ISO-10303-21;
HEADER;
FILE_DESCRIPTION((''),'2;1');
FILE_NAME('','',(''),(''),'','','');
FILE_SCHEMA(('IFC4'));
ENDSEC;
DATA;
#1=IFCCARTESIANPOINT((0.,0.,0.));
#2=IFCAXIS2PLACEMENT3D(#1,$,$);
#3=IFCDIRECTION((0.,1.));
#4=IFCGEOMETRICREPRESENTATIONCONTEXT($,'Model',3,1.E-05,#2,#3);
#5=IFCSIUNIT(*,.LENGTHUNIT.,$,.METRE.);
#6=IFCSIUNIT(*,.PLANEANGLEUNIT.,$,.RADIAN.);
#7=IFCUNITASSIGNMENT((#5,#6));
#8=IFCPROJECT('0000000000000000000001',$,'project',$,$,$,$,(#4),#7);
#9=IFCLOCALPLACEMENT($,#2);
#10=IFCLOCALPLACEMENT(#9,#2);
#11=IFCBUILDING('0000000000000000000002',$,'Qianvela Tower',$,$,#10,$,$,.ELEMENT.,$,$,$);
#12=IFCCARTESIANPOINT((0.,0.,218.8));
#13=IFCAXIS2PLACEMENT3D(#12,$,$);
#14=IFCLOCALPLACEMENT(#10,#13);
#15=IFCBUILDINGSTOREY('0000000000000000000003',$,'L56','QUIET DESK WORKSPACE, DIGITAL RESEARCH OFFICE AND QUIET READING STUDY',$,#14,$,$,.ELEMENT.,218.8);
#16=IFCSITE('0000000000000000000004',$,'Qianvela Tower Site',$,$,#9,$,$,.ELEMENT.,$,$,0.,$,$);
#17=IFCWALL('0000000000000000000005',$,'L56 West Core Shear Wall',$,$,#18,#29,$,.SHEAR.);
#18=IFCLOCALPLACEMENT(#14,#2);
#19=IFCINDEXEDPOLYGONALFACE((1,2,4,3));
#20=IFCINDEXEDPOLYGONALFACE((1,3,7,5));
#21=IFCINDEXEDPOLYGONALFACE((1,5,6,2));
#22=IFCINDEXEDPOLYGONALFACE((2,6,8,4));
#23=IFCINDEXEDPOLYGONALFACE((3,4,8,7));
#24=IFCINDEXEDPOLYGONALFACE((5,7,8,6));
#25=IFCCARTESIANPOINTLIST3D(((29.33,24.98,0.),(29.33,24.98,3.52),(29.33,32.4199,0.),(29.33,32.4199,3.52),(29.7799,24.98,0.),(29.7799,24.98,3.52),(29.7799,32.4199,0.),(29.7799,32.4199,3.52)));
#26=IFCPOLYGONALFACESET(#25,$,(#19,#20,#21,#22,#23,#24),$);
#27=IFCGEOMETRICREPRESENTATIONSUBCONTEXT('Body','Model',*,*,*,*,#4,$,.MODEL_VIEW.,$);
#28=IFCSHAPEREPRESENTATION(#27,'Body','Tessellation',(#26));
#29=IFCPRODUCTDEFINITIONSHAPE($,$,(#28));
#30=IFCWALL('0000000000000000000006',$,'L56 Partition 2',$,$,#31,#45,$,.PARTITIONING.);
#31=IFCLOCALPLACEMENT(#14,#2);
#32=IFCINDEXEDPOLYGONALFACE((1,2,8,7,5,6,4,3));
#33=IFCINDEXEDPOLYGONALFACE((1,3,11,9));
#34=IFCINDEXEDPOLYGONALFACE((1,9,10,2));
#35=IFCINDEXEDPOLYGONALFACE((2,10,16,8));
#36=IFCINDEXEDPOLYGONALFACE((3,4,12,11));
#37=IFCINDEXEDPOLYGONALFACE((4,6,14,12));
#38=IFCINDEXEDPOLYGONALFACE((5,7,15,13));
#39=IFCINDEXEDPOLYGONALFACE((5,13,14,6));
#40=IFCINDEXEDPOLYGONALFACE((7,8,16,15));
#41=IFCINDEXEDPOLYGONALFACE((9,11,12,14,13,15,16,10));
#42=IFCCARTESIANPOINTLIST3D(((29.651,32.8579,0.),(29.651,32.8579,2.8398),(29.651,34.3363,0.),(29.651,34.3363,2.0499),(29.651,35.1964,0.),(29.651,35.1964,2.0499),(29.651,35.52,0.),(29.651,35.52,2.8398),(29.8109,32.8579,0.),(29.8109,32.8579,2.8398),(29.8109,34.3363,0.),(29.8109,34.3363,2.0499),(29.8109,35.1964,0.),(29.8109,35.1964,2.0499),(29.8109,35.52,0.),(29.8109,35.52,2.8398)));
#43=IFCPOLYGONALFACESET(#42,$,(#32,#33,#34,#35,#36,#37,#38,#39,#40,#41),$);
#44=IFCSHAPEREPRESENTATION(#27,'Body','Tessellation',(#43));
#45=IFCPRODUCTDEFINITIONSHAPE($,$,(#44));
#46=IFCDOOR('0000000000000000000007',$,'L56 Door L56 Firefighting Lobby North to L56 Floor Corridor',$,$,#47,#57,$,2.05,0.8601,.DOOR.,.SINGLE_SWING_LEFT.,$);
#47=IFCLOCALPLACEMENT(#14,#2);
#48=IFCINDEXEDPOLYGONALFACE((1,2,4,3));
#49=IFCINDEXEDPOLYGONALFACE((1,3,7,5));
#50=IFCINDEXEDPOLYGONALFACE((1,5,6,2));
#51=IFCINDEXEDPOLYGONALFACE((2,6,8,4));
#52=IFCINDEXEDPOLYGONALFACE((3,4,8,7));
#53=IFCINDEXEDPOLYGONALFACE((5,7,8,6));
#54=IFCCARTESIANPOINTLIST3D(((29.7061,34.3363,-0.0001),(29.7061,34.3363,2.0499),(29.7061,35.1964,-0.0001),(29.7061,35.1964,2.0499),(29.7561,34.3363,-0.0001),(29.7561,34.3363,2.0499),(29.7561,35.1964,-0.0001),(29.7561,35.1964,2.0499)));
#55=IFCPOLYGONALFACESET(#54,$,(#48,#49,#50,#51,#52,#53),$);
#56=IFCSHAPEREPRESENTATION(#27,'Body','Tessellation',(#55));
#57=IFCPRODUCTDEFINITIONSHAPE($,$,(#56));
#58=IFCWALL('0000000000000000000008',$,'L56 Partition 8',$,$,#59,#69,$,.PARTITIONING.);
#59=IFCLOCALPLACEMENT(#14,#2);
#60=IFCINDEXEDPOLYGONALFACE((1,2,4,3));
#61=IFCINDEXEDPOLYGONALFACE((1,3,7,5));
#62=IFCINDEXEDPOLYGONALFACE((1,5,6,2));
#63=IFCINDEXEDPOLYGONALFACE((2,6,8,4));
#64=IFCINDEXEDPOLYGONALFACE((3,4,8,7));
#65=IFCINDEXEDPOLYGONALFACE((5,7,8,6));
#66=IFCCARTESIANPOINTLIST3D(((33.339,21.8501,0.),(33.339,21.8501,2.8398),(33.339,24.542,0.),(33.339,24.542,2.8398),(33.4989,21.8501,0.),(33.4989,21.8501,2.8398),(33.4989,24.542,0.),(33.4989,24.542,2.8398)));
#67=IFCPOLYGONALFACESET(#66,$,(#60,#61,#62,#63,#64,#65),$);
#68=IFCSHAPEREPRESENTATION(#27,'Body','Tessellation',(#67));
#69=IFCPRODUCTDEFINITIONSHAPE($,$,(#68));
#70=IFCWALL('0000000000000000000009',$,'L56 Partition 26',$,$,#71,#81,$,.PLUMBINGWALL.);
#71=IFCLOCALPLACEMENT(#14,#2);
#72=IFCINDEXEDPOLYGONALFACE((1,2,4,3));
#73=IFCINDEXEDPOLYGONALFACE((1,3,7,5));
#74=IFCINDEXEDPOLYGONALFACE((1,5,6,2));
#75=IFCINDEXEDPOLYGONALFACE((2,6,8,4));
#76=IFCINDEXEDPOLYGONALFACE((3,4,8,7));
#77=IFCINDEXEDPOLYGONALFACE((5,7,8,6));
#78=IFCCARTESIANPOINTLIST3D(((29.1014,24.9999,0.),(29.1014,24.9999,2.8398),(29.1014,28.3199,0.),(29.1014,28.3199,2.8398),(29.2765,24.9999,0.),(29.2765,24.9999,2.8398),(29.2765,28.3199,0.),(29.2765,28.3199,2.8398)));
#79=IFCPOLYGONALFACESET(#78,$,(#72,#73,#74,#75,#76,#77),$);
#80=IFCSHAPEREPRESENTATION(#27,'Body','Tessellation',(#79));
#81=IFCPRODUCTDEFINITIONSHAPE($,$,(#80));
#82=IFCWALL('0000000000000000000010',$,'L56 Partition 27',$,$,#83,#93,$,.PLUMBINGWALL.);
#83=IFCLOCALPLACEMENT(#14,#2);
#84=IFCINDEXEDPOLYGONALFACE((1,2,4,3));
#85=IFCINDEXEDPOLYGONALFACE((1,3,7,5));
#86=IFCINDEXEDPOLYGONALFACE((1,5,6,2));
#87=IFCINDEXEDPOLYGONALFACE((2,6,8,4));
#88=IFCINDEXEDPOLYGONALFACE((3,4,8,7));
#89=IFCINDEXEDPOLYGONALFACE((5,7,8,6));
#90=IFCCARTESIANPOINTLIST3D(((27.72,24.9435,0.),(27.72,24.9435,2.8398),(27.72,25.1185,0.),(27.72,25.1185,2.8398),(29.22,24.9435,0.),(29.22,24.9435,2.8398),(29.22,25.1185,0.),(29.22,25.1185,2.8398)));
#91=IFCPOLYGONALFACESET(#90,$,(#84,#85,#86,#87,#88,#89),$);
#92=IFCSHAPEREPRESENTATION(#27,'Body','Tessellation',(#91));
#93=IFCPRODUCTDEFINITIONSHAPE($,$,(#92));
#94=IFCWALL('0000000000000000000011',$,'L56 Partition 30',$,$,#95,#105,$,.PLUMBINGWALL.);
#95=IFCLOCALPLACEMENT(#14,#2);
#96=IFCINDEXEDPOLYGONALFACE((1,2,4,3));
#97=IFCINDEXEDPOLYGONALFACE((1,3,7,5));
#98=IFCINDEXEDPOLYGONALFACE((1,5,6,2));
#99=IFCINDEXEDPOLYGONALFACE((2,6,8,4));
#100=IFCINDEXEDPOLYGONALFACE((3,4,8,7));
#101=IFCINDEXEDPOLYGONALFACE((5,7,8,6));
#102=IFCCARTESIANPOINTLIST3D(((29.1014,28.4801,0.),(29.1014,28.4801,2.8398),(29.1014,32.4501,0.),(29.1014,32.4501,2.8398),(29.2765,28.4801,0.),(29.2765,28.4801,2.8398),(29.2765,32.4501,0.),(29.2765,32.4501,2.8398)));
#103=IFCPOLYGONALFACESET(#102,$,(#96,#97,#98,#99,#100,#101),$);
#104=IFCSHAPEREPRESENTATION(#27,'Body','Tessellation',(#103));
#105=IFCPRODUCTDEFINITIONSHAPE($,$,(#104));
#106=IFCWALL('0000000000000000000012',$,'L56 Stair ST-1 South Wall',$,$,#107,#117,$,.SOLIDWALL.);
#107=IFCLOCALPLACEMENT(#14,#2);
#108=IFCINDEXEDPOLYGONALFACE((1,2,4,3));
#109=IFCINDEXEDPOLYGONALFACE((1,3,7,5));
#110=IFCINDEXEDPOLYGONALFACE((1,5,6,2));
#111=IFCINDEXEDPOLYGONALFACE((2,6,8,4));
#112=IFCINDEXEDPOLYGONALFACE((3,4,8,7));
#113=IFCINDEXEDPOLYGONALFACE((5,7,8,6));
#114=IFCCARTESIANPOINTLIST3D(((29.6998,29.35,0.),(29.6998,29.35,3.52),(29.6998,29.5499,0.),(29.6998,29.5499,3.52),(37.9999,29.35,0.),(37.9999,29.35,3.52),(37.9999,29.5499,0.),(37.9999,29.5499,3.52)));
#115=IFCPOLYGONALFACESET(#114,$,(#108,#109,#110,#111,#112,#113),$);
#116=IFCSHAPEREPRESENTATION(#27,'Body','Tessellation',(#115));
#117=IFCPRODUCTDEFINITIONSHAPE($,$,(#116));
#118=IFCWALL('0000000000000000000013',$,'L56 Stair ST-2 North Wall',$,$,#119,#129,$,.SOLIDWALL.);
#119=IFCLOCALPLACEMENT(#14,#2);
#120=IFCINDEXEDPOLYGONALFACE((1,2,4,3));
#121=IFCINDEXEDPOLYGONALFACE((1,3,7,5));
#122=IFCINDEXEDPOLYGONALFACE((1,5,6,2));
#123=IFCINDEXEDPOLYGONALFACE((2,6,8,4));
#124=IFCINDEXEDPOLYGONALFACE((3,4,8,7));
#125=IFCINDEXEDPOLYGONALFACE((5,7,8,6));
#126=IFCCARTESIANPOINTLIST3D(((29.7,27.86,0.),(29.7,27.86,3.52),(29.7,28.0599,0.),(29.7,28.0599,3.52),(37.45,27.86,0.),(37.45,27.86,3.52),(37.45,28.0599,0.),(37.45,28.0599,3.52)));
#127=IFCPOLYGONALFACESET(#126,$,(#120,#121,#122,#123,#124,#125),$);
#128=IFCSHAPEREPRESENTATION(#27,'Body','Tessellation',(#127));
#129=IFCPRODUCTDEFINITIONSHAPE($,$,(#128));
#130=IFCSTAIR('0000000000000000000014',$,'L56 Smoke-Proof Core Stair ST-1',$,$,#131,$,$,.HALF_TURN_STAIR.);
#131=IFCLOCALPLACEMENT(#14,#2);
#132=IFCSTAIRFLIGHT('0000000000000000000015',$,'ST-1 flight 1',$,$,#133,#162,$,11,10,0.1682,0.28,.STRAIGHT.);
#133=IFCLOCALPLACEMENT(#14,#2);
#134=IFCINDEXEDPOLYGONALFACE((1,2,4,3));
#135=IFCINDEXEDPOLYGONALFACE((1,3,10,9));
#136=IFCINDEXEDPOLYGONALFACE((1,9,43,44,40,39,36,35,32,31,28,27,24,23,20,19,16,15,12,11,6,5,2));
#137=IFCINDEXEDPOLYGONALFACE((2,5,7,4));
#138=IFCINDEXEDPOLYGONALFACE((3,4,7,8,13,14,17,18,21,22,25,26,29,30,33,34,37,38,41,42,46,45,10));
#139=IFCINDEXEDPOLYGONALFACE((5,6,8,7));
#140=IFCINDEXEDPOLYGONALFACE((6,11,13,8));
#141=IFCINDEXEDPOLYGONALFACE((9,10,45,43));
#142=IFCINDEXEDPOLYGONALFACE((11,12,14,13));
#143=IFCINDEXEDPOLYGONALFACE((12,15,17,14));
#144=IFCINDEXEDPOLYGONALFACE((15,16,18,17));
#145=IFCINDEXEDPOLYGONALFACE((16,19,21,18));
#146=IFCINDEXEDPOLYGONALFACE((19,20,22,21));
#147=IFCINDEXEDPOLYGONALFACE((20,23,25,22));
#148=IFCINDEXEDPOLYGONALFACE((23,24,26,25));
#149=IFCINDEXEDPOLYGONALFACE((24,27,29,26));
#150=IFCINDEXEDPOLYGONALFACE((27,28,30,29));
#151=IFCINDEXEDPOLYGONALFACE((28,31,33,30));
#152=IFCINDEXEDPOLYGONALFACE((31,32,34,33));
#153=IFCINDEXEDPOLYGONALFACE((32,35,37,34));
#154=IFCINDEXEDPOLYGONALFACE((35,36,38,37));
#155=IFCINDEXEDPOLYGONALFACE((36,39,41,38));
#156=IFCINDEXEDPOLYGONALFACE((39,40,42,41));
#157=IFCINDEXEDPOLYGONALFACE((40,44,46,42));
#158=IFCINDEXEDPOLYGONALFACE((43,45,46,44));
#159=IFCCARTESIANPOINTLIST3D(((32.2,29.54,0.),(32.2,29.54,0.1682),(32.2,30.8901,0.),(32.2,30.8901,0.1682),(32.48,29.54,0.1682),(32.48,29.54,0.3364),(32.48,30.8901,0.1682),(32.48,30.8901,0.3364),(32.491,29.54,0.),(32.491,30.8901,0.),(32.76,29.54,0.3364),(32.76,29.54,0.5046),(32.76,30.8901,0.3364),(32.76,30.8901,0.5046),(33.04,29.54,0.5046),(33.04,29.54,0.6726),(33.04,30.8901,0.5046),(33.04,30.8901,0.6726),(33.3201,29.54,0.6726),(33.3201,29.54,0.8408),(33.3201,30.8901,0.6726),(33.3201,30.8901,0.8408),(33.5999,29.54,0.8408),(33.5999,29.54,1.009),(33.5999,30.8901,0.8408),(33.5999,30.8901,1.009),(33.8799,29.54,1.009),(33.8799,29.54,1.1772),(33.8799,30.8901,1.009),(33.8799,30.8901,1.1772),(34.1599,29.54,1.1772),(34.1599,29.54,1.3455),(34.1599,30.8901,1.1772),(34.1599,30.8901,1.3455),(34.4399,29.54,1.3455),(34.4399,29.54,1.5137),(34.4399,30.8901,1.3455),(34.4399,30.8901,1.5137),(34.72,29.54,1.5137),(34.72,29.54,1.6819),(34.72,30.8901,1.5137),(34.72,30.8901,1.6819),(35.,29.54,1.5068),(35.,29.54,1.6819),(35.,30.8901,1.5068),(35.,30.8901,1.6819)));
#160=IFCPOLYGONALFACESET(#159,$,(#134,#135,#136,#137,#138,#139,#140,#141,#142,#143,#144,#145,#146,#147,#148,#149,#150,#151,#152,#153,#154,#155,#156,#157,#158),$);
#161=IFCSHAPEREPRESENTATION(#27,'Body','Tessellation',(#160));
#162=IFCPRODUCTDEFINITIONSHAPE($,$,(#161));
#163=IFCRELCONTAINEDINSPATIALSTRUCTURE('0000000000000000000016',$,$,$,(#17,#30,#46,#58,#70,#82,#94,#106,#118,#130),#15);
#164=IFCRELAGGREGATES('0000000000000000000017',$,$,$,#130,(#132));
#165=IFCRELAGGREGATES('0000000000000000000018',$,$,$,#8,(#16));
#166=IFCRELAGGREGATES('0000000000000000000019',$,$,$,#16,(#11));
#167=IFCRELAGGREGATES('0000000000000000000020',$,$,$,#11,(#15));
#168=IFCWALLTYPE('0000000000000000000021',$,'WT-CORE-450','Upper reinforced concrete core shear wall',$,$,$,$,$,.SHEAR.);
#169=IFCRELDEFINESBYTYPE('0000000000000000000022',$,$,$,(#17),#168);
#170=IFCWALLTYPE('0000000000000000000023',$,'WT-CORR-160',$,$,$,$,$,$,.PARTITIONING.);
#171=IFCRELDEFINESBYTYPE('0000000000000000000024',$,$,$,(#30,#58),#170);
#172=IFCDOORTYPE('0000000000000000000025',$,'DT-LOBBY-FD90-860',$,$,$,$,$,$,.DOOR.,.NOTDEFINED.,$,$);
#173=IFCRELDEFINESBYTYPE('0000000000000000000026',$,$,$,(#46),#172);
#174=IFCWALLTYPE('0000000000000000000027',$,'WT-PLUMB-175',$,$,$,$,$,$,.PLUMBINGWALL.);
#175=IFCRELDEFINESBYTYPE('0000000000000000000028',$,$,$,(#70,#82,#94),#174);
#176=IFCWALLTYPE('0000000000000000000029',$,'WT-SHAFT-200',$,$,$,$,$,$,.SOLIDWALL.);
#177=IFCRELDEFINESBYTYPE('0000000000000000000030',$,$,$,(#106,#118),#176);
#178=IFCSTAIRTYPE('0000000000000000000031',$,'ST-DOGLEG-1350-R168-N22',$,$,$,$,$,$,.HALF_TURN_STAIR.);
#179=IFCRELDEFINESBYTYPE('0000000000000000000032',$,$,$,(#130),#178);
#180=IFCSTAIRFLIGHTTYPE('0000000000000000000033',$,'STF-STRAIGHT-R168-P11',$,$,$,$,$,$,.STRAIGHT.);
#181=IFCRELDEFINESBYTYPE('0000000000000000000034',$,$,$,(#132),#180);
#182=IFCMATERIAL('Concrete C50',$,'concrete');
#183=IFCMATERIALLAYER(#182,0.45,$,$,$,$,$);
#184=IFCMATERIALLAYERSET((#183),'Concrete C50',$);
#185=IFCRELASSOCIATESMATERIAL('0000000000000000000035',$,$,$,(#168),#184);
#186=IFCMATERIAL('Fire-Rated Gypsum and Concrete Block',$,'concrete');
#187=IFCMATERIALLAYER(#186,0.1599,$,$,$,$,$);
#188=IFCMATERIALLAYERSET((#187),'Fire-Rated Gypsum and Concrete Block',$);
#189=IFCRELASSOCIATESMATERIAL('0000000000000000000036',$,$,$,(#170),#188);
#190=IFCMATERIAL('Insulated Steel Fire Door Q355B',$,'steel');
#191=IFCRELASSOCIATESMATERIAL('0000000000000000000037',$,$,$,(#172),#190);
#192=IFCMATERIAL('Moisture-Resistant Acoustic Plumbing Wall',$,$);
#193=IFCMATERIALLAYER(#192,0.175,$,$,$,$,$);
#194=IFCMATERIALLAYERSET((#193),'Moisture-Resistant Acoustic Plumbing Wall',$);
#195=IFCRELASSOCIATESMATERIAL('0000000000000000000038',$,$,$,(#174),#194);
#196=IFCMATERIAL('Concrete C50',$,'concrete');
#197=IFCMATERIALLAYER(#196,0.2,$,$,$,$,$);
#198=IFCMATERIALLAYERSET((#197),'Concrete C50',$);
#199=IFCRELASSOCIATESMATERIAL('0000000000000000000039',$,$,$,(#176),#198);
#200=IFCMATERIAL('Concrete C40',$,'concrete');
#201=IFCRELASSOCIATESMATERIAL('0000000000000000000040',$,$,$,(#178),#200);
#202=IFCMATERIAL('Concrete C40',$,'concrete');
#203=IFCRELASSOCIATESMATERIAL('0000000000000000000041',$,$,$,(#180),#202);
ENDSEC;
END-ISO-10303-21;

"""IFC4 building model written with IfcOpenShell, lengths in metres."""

from ifc_helpers import new_model, si_unit, direction, frame, frame_2d, origin, place, context, subcontext, project, spatial, polyline, rectangle, outline, extrude, material, layer, layer_set, type_object, element, fill, aggregate, save


model = new_model("IFC4")

# Units and contexts
model_context = context("Model", 3, precision=1e-05, world=origin(), true_north=direction((0.0, 1.0)))
body_context = subcontext(model_context, "Body", "Model", "MODEL_VIEW")
ifc_project = project(units=[si_unit("LENGTHUNIT", "METRE"), si_unit("PLANEANGLEUNIT", "RADIAN")], contexts=[model_context])

# Site, building, storey
site_placement = place(None, origin())
site = spatial("IfcSite", under=ifc_project, at=site_placement, Name="Qianvela Tower Site", CompositionType="ELEMENT", RefElevation=0.0)
building_placement = place(site_placement, origin())
building = spatial("IfcBuilding", under=site, at=building_placement, Name="Qianvela Tower", CompositionType="ELEMENT")
storey_placement = place(building_placement, frame((0.0, 0.0, 218.8)))
storey = spatial("IfcBuildingStorey", under=building, at=storey_placement, Name="L56", Description="QUIET DESK WORKSPACE, DIGITAL RESEARCH OFFICE AND QUIET READING STUDY", CompositionType="ELEMENT", Elevation=218.8)

# Shared definitions
ifc_material_1 = material(Name="Concrete C50", Category="concrete")
ifc_layer_1 = layer(ifc_material_1, 0.45)
ifc_layer_set_1 = layer_set([ifc_layer_1], Name="Concrete C50")
wall_type_1 = type_object("IfcWallType", Name="WT-CORE-450", Description="Upper reinforced concrete core shear wall", PredefinedType="SHEAR", material=ifc_layer_set_1)

# Wall
wall_1_placement = place(storey_placement, frame((29.5549, 24.98, 0.0), z_axis=(0.0, 0.0, 1.0), x_axis=(0.0, 1.0, 0.0)))
element("IfcWall", 1, at=wall_1_placement, inside=storey, type_object=wall_type_1, Name="L56 West Core Shear Wall", PredefinedType="SHEAR", context=body_context, shape_type="SweptSolid", body=[
    extrude(rectangle(XDim=7.4399, YDim=0.45, at=frame_2d((3.72, 0.0))), origin(), (0.0, 0.0, 1.0), 3.52),
])

# Wall, opening, door
ifc_material_2 = material(Name="Fire-Rated Gypsum and Concrete Block", Category="concrete")
ifc_layer_2 = layer(ifc_material_2, 0.1599)
ifc_layer_set_2 = layer_set([ifc_layer_2], Name="Fire-Rated Gypsum and Concrete Block")
wall_type_2 = type_object("IfcWallType", Name="WT-CORR-160", PredefinedType="PARTITIONING", material=ifc_layer_set_2)
wall_2_placement = place(storey_placement, frame((29.731, 32.8579, 0.0), z_axis=(0.0, 0.0, 1.0), x_axis=(0.0, 1.0, 0.0)))
wall_2 = element("IfcWall", 2, at=wall_2_placement, inside=storey, type_object=wall_type_2, Name="L56 Partition 2", PredefinedType="PARTITIONING", context=body_context, shape_type="SweptSolid", body=[
    extrude(rectangle(XDim=2.6621, YDim=0.1599, at=frame_2d((1.3311, 0.0))), origin(), (0.0, 0.0, 1.0), 2.8398),
])
opening_1_placement = place(wall_2_placement, frame((1.4783, 0.0, 0.0)))
opening_1 = element("IfcOpeningElement", 3, at=opening_1_placement, cuts=wall_2, PredefinedType="OPENING", context=body_context, shape_type="SweptSolid", body=[
    extrude(rectangle(XDim=0.8601, YDim=2.05, at=frame_2d((0.4302, 1.0249))), frame((0.0, 0.0898, 0.0), z_axis=(0.0, -1.0, 0.0), x_axis=(1.0, 0.0, 0.0)), (0.0, 0.0, 1.0), 0.1799),
])
ifc_material_3 = material(Name="Insulated Steel Fire Door Q355B", Category="steel")
door_type_1 = type_object("IfcDoorType", Name="DT-LOBBY-FD90-860", OperationType="NOTDEFINED", PredefinedType="DOOR", material=ifc_material_3)
door_1_placement = place(opening_1_placement, origin())
door_1 = element("IfcDoor", 4, at=door_1_placement, inside=storey, type_object=door_type_1, Name="L56 Door L56 Firefighting Lobby North to L56 Floor Corridor", OperationType="SINGLE_SWING_LEFT", OverallHeight=2.05, OverallWidth=0.8601, PredefinedType="DOOR", context=body_context, shape_type="SweptSolid", body=[
    extrude(rectangle(XDim=0.8601, YDim=2.05, at=frame_2d((0.4302, 1.0249))), frame((0.0, 0.0249, 0.0), z_axis=(0.0, -1.0, 0.0), x_axis=(1.0, 0.0, 0.0)), (0.0, 0.0, 1.0), 0.05),
])
fill(opening_1, door_1)

# Walls
wall_3_placement = place(storey_placement, frame((33.4189, 24.542, 0.0), z_axis=(0.0, 0.0, 1.0), x_axis=(0.0, -1.0, 0.0)))
element("IfcWall", 5, at=wall_3_placement, inside=storey, type_object=wall_type_2, Name="L56 Partition 8", PredefinedType="PARTITIONING", context=body_context, shape_type="SweptSolid", body=[
    extrude(rectangle(XDim=2.6919, YDim=0.1599, at=frame_2d((1.3459, 0.0))), origin(), (0.0, 0.0, 1.0), 2.8398),
])
ifc_material_4 = material(Name="Moisture-Resistant Acoustic Plumbing Wall")
ifc_layer_3 = layer(ifc_material_4, 0.175)
ifc_layer_set_3 = layer_set([ifc_layer_3], Name="Moisture-Resistant Acoustic Plumbing Wall")
wall_type_3 = type_object("IfcWallType", Name="WT-PLUMB-175", PredefinedType="PLUMBINGWALL", material=ifc_layer_set_3)
wall_4_placement = place(storey_placement, frame((29.189, 28.3201, 0.0), z_axis=(0.0, 0.0, 1.0), x_axis=(0.0, -1.0, 0.0)))
element("IfcWall", 6, at=wall_4_placement, inside=storey, type_object=wall_type_3, Name="L56 Partition 26", PredefinedType="PLUMBINGWALL", context=body_context, shape_type="SweptSolid", body=[
    extrude(rectangle(XDim=3.3201, YDim=0.175, at=frame_2d((1.6602, 0.0))), origin(), (0.0, 0.0, 1.0), 2.8398),
])
wall_5_placement = place(storey_placement, frame((29.22, 25.031, 0.0), z_axis=(0.0, 0.0, 1.0), x_axis=(-1.0, 0.0, 0.0)))
element("IfcWall", 7, at=wall_5_placement, inside=storey, type_object=wall_type_3, Name="L56 Partition 27", PredefinedType="PLUMBINGWALL", context=body_context, shape_type="SweptSolid", body=[
    extrude(rectangle(XDim=1.5, YDim=0.175, at=frame_2d((0.75, 0.0))), origin(), (0.0, 0.0, 1.0), 2.8398),
])
wall_6_placement = place(storey_placement, frame((29.189, 32.45, 0.0), z_axis=(0.0, 0.0, 1.0), x_axis=(0.0, -1.0, 0.0)))
element("IfcWall", 8, at=wall_6_placement, inside=storey, type_object=wall_type_3, Name="L56 Partition 30", PredefinedType="PLUMBINGWALL", context=body_context, shape_type="SweptSolid", body=[
    extrude(rectangle(XDim=3.97, YDim=0.175, at=frame_2d((1.9849, 0.0))), origin(), (0.0, 0.0, 1.0), 2.8398),
])
ifc_material_5 = material(Name="Concrete C50", Category="concrete")
ifc_layer_4 = layer(ifc_material_5, 0.2)
ifc_layer_set_4 = layer_set([ifc_layer_4], Name="Concrete C50")
wall_type_4 = type_object("IfcWallType", Name="WT-SHAFT-200", PredefinedType="SOLIDWALL", material=ifc_layer_set_4)
wall_7_placement = place(storey_placement, frame((29.7, 29.45, 0.0), z_axis=(0.0, 0.0, 1.0), x_axis=(1.0, 0.0, 0.0)))
element("IfcWall", 9, at=wall_7_placement, inside=storey, type_object=wall_type_4, Name="L56 Stair ST-1 South Wall", PredefinedType="SOLIDWALL", context=body_context, shape_type="SweptSolid", body=[
    extrude(rectangle(XDim=8.3, YDim=0.2, at=frame_2d((4.1499, 0.0))), origin(), (0.0, 0.0, 1.0), 3.52),
])
wall_8_placement = place(storey_placement, frame((29.7, 27.96, 0.0), z_axis=(0.0, 0.0, 1.0), x_axis=(1.0, 0.0, 0.0)))
element("IfcWall", 10, at=wall_8_placement, inside=storey, type_object=wall_type_4, Name="L56 Stair ST-2 North Wall", PredefinedType="SOLIDWALL", context=body_context, shape_type="SweptSolid", body=[
    extrude(rectangle(XDim=7.75, YDim=0.2, at=frame_2d((3.875, 0.0))), origin(), (0.0, 0.0, 1.0), 3.52),
])

# Stair, stair flight
ifc_material_6 = material(Name="Concrete C40", Category="concrete")
stair_type = type_object("IfcStairType", Name="ST-DOGLEG-1350-R168-N22", PredefinedType="HALF_TURN_STAIR", material=ifc_material_6)
stair_1_placement = place(storey_placement, origin())
stair_1 = element("IfcStair", 11, at=stair_1_placement, inside=storey, type_object=stair_type, Name="L56 Smoke-Proof Core Stair ST-1", PredefinedType="HALF_TURN_STAIR")
ifc_material_7 = material(Name="Concrete C40", Category="concrete")
stair_flight_type = type_object("IfcStairFlightType", Name="STF-STRAIGHT-R168-P11", PredefinedType="STRAIGHT", material=ifc_material_7)
stair_flight_1_placement = place(storey_placement, frame((32.2, 30.2151, 0.0), z_axis=(0.0, 0.0, 1.0), x_axis=(1.0, 0.0, 0.0)))
stair_flight_1 = element("IfcStairFlight", 12, at=stair_flight_1_placement, type_object=stair_flight_type, Name="ST-1 flight 1", NumberOfRisers=11, NumberOfTreads=10, PredefinedType="STRAIGHT", RiserHeight=0.1682, TreadLength=0.28, context=body_context, shape_type="SweptSolid", body=[
    extrude(outline(polyline([(0.0, 0.0), (0.0, 0.1682), (0.28, 0.1682), (0.28, 0.3364), (0.5601, 0.3364), (0.5601, 0.5046), (0.8401, 0.5046), (0.8401, 0.6726), (1.1201, 0.6726), (1.1201, 0.8408), (1.3999, 0.8408), (1.3999, 1.009), (1.6799, 1.009), (1.6799, 1.1772), (1.96, 1.1772), (1.96, 1.3455), (2.24, 1.3455), (2.24, 1.5137), (2.52, 1.5137), (2.52, 1.6819), (2.8, 1.6819), (2.8, 1.8501), (2.8, 1.5068), (0.291, 0.0), (0.0, 0.0)])), frame((0.0, 0.675, 0.0), z_axis=(0.0, -1.0, 0.0), x_axis=(1.0, 0.0, 0.0)), (0.0, 0.0, 1.0), 1.3501),
])
aggregate(stair_1, [stair_flight_1])

save(model, "model.ifc")
